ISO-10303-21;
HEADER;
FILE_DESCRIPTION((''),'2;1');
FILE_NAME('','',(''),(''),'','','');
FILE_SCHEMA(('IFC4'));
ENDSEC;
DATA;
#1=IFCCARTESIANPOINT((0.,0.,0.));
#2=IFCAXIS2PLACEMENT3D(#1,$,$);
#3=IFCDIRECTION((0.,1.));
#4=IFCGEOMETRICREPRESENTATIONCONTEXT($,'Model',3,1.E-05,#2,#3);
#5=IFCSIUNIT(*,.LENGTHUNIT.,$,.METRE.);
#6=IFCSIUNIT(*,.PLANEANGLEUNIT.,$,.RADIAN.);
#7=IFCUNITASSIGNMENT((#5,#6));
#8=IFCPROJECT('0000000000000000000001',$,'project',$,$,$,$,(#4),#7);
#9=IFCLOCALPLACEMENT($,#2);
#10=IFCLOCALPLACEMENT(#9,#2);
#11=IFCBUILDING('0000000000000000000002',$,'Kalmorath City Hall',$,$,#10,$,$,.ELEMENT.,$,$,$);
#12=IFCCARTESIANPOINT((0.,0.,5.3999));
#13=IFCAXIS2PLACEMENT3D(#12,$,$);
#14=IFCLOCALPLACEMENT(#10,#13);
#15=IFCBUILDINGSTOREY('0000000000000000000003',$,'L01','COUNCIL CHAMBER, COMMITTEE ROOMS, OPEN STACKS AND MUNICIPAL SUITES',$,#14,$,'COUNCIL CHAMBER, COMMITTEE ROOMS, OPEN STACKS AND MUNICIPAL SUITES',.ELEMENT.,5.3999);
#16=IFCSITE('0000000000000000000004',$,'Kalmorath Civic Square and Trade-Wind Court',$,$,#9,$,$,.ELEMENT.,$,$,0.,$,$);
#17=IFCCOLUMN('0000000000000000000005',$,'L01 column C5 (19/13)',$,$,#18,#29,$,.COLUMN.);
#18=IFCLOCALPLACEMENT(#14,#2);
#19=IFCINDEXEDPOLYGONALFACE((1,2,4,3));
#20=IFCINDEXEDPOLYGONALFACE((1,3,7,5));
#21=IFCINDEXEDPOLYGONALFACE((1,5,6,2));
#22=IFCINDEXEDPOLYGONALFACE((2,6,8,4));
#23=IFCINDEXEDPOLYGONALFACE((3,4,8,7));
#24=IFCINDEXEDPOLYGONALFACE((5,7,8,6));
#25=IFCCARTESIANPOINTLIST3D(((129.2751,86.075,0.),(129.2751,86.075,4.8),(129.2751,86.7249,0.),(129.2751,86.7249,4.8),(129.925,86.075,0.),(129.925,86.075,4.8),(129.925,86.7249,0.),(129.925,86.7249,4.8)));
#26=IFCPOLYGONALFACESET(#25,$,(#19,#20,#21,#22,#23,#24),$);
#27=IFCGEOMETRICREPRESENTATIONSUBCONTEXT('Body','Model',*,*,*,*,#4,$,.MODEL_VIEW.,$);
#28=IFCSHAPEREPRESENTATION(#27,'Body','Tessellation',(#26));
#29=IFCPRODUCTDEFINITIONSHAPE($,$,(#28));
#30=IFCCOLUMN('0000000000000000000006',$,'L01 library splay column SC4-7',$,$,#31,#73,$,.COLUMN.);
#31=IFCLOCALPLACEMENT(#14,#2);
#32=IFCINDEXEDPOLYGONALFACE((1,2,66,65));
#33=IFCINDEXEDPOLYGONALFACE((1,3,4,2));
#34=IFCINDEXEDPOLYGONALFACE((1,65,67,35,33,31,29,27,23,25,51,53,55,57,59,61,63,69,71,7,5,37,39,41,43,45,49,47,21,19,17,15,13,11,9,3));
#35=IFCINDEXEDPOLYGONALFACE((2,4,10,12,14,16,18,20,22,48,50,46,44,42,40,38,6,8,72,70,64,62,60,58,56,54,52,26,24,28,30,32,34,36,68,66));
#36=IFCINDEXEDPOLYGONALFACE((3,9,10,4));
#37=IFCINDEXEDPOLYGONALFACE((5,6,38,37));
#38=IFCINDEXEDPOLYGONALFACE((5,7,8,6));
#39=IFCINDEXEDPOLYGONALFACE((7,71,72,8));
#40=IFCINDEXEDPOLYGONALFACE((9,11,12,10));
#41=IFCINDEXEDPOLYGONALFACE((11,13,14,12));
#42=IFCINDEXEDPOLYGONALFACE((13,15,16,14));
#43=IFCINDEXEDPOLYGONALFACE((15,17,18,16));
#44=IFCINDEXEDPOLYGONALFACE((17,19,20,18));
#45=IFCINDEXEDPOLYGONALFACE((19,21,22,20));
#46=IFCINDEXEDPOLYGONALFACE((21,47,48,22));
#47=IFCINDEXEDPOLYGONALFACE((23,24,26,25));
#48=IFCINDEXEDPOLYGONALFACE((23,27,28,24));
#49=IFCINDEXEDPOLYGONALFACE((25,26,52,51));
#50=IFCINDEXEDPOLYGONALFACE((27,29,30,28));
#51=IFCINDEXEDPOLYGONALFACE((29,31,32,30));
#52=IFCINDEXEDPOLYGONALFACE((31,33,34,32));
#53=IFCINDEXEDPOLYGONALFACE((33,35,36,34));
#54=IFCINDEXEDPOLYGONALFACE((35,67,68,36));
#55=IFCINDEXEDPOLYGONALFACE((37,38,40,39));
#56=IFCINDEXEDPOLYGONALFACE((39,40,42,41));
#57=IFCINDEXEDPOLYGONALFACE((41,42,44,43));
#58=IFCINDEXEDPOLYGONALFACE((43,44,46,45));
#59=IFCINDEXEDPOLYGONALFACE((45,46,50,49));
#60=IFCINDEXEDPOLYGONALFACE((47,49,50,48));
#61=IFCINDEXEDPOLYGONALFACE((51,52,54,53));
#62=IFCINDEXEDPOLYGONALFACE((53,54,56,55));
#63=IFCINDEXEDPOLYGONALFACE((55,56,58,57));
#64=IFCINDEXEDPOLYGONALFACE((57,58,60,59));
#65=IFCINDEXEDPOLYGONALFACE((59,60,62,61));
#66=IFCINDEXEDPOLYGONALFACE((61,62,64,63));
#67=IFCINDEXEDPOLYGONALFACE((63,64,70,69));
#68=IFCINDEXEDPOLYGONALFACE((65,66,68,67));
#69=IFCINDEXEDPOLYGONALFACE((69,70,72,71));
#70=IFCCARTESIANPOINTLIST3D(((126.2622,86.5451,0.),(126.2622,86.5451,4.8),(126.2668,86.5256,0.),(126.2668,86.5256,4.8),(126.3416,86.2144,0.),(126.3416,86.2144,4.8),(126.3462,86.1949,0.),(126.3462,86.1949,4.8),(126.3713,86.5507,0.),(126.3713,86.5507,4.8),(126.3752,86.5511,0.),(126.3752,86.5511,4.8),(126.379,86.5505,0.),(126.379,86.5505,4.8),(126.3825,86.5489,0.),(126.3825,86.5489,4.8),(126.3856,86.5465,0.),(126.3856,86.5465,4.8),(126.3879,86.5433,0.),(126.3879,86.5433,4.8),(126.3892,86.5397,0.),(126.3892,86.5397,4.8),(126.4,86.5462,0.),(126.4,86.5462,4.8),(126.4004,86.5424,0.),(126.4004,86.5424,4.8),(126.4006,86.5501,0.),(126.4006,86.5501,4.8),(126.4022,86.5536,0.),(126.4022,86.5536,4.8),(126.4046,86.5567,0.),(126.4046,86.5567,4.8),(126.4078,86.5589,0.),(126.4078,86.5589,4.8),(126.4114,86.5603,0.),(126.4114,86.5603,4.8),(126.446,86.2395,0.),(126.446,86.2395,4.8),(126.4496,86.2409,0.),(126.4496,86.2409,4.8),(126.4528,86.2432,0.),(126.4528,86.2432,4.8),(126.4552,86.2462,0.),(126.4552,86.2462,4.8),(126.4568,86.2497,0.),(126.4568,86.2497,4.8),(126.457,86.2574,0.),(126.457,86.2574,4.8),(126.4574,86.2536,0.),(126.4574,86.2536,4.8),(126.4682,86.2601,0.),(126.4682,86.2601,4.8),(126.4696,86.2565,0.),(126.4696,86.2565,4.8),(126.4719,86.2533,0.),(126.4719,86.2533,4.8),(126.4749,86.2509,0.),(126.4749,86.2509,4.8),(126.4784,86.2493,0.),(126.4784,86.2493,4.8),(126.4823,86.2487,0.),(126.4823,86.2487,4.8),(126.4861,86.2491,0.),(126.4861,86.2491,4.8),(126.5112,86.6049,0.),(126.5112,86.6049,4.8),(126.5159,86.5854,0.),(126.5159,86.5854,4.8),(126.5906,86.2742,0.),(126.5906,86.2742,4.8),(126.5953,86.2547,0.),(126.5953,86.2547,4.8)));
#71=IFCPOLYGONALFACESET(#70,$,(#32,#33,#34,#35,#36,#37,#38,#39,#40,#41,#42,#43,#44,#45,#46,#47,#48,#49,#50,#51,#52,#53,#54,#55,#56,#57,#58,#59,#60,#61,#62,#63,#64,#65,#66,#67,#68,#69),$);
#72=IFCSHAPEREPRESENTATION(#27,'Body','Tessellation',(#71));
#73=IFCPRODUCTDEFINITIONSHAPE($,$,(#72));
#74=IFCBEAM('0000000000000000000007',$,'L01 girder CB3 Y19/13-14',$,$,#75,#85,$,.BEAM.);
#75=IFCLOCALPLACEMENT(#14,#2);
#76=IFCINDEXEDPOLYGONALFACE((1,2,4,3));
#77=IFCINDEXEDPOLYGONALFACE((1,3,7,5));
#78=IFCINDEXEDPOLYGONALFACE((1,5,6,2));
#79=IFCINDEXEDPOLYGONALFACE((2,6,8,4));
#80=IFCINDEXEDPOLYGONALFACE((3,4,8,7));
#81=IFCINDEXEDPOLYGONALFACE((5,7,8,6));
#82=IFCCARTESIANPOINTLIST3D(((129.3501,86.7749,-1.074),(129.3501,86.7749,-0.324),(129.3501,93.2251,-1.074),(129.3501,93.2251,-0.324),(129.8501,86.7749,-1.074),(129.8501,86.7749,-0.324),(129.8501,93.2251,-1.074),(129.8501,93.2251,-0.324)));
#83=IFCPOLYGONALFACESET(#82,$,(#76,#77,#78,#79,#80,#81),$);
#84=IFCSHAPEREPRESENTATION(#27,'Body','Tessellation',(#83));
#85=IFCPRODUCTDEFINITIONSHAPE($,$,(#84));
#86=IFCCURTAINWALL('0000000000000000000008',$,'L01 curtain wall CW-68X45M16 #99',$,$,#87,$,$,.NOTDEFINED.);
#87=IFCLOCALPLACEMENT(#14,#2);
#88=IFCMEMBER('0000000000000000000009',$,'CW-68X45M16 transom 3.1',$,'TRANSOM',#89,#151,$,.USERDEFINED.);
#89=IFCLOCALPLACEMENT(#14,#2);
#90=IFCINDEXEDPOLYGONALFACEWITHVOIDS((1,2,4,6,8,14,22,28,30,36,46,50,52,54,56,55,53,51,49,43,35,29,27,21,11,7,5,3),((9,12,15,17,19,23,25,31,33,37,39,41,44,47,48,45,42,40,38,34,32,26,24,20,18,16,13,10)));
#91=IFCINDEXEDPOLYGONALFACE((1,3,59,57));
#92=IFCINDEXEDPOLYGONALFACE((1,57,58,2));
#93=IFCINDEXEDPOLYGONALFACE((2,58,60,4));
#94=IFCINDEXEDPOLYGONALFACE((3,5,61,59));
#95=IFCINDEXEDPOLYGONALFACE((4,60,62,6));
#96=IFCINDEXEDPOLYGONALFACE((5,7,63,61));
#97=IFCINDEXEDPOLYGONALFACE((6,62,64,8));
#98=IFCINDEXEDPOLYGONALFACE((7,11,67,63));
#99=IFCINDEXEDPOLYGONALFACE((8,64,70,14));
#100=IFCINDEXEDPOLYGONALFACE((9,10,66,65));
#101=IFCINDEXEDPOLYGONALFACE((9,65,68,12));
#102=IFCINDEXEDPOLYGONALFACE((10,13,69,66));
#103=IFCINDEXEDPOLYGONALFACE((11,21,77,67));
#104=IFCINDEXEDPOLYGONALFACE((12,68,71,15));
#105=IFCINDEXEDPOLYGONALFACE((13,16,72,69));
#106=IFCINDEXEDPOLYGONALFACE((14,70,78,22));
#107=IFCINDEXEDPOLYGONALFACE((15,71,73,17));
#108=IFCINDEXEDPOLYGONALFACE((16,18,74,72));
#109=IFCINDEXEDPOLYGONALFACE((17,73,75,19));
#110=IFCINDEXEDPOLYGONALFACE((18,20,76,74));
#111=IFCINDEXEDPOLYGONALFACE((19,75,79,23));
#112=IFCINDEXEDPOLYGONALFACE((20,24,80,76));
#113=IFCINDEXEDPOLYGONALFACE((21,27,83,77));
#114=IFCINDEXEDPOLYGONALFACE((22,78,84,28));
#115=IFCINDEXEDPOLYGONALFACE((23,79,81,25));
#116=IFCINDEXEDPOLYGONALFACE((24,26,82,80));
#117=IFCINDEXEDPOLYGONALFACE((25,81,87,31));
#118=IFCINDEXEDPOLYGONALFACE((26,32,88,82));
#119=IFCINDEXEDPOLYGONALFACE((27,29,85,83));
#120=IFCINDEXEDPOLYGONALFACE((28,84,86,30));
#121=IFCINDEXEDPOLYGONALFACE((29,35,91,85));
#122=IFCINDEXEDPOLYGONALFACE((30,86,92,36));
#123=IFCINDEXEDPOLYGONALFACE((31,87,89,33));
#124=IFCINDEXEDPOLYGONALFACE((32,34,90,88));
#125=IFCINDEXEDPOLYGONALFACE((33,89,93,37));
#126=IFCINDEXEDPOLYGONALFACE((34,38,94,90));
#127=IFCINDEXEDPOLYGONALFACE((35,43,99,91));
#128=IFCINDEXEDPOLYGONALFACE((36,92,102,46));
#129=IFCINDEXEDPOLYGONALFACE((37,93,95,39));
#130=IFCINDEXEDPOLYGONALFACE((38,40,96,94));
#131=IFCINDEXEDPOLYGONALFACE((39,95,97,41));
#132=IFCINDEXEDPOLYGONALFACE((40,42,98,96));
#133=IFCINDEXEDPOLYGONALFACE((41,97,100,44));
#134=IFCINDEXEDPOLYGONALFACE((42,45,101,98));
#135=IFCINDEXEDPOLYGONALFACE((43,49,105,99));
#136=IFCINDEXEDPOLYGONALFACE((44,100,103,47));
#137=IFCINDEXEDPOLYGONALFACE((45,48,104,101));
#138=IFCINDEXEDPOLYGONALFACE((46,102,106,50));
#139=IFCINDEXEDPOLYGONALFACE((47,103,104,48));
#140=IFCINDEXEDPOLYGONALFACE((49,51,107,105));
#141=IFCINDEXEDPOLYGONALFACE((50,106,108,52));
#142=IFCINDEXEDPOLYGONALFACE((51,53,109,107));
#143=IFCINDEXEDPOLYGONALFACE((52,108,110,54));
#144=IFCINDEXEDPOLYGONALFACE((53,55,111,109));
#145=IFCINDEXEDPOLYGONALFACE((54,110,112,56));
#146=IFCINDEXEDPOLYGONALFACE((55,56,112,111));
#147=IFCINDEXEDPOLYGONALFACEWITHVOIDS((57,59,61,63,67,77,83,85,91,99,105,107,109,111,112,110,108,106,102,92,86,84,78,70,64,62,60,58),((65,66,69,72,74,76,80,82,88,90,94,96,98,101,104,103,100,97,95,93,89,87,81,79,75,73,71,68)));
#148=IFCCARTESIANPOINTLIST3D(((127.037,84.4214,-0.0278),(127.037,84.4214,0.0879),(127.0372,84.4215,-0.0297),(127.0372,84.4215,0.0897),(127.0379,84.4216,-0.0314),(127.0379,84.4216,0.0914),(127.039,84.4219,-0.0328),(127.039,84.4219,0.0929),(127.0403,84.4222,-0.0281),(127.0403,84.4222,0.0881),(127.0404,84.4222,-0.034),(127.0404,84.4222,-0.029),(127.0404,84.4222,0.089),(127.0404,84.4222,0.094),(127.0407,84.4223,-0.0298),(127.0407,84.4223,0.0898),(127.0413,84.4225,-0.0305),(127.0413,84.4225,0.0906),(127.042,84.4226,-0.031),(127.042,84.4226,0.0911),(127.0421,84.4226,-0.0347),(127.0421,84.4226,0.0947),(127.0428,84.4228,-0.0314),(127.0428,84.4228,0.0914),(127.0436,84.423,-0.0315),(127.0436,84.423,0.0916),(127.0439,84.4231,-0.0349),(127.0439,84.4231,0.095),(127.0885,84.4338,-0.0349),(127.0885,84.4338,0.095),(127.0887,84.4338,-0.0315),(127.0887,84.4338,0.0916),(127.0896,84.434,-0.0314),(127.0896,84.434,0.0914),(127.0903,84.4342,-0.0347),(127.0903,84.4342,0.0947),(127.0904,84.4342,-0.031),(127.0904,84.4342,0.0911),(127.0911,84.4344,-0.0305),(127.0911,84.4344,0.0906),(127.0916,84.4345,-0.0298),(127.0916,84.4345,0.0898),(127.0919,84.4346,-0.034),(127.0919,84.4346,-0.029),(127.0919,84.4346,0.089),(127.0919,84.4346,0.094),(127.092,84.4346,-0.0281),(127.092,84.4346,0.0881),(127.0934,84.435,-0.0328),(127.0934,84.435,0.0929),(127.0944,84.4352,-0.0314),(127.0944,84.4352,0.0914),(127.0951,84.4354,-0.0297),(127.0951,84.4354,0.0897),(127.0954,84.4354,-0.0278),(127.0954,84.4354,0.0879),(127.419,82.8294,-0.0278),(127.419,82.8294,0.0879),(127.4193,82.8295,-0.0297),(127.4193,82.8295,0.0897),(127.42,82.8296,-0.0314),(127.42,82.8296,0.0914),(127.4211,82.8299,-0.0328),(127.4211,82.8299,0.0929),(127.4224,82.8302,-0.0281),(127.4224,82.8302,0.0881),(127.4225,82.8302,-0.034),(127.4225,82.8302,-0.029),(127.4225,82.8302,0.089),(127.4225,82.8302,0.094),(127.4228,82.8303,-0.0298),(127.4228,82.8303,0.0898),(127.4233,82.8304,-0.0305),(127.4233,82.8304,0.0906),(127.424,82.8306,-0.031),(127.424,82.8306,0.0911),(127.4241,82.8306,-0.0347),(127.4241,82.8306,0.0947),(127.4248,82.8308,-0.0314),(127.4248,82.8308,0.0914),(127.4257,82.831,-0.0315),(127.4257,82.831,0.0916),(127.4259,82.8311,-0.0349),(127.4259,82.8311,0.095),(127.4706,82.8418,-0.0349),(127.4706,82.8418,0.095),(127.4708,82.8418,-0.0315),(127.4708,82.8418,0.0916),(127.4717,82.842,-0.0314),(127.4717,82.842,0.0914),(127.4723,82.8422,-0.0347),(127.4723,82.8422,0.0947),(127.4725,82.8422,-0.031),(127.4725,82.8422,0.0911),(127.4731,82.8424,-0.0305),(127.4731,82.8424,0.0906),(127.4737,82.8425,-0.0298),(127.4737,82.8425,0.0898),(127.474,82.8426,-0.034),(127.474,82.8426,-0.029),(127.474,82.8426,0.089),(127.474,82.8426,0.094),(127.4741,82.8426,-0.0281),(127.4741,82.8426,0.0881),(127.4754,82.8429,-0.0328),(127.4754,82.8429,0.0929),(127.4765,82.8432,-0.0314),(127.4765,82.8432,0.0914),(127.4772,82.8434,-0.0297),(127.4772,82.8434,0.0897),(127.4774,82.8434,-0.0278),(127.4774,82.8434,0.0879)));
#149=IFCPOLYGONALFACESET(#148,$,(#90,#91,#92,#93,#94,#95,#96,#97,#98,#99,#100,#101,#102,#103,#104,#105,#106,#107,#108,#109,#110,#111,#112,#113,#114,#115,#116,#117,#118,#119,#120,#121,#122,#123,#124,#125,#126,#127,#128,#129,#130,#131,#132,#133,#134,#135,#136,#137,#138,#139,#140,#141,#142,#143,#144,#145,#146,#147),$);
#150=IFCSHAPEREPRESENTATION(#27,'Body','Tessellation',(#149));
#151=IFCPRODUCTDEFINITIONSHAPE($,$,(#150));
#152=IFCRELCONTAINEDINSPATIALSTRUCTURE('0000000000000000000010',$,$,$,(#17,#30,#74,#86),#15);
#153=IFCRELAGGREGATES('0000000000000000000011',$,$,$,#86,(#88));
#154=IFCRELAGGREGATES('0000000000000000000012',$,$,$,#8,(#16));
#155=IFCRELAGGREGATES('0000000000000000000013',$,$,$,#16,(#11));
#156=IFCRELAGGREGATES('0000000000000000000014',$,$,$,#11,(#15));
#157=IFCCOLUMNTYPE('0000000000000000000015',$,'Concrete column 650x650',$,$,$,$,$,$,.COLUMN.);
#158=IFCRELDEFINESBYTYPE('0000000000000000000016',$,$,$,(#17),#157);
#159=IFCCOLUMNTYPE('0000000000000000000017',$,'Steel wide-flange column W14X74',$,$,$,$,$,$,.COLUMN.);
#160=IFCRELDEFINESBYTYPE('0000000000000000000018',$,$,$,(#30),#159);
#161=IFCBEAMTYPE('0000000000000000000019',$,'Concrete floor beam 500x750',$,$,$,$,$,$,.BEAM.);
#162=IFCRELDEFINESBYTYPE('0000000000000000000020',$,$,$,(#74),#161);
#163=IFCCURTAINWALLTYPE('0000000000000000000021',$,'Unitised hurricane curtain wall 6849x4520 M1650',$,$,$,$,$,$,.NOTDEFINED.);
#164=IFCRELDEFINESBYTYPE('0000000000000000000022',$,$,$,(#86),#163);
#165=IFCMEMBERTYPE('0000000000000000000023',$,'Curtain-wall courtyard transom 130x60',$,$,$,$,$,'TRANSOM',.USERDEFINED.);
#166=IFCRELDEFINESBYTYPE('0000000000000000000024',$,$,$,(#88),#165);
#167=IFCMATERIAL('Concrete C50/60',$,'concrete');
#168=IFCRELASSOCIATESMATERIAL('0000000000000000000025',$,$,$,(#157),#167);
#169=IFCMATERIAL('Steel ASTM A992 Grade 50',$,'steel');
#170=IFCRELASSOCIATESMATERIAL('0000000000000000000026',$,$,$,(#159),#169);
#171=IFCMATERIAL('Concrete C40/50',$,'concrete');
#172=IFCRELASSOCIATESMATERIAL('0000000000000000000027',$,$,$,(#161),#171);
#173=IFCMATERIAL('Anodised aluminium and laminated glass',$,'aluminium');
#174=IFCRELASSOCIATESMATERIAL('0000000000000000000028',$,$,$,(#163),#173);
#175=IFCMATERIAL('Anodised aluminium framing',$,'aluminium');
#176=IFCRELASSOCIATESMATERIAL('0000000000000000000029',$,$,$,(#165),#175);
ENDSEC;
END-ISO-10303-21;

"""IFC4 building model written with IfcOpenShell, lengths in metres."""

from ifc_helpers import new_model, si_unit, direction, frame, origin, origin_2d, place, context, subcontext, project, spatial, rectangle, hollow_rectangle, i_section, extrude, material, material_profile, profile_set, type_object, element, aggregate, save


model = new_model("IFC4")

# Units and contexts
model_context = context("Model", 3, precision=1e-05, world=origin(), true_north=direction((0.0, 1.0)))
body_context = subcontext(model_context, "Body", "Model", "MODEL_VIEW")
ifc_project = project(units=[si_unit("LENGTHUNIT", "METRE"), si_unit("PLANEANGLEUNIT", "RADIAN")], contexts=[model_context])

# Site, building, storey
site_placement = place(None, origin())
site = spatial("IfcSite", under=ifc_project, at=site_placement, Name="Kalmorath Civic Square and Trade-Wind Court", CompositionType="ELEMENT", RefElevation=0.0)
building_placement = place(site_placement, origin())
building = spatial("IfcBuilding", under=site, at=building_placement, Name="Kalmorath City Hall", CompositionType="ELEMENT")
storey_placement = place(building_placement, frame((0.0, 0.0, 5.3999)))
storey = spatial("IfcBuildingStorey", under=building, at=storey_placement, Name="L01", Description="COUNCIL CHAMBER, COMMITTEE ROOMS, OPEN STACKS AND MUNICIPAL SUITES", LongName="COUNCIL CHAMBER, COMMITTEE ROOMS, OPEN STACKS AND MUNICIPAL SUITES", CompositionType="ELEMENT", Elevation=5.3999)

# Columns
ifc_material_1 = material(Name="Concrete C50/60", Category="concrete")
ifc_material_profile_1 = material_profile(ifc_material_1, rectangle(XDim=0.6499, YDim=0.6499, at=origin_2d()), Name="RC-COL-650X650")
ifc_profile_set_1 = profile_set([ifc_material_profile_1], Name="Concrete C50/60")
column_type_1 = type_object("IfcColumnType", Name="Concrete column 650x650", PredefinedType="COLUMN", material=ifc_profile_set_1)
column_1_placement = place(storey_placement, frame((129.6001, 86.3999, 0.0), z_axis=(0.0, 0.0, 1.0), x_axis=(1.0, 0.0, 0.0)))
element("IfcColumn", 1, at=column_1_placement, inside=storey, type_object=column_type_1, Name="L01 column C5 (19/13)", PredefinedType="COLUMN", context=body_context, shape_type="SweptSolid", body=[
    extrude(rectangle(XDim=0.6499, YDim=0.6499, at=origin_2d()), origin(), (0.0, 0.0, 1.0), 4.8),
])
ifc_material_2 = material(Name="Steel ASTM A992 Grade 50", Category="steel")
ifc_material_profile_2 = material_profile(ifc_material_2, i_section(OverallWidth=0.2561, OverallDepth=0.3601, WebThickness=0.0115, FlangeThickness=0.02, FilletRadius=0.0149, at=origin_2d()), Name="W14X74")
ifc_profile_set_2 = profile_set([ifc_material_profile_2], Name="Steel ASTM A992 Grade 50")
column_type_2 = type_object("IfcColumnType", Name="Steel wide-flange column W14X74", PredefinedType="COLUMN", material=ifc_profile_set_2)
column_2_placement = place(storey_placement, frame((126.4287, 86.3999, 0.0), z_axis=(0.0, 0.0, 1.0), x_axis=(0.97237, 0.233445, 0.0)))
element("IfcColumn", 2, at=column_2_placement, inside=storey, type_object=column_type_2, Name="L01 library splay column SC4-7", PredefinedType="COLUMN", context=body_context, shape_type="SweptSolid", body=[
    extrude(i_section(OverallWidth=0.2561, OverallDepth=0.3601, WebThickness=0.0115, FlangeThickness=0.02, FilletRadius=0.0149, at=origin_2d()), origin(), (0.0, 0.0, 1.0), 4.8),
])

# Beam
ifc_material_3 = material(Name="Concrete C40/50", Category="concrete")
ifc_material_profile_3 = material_profile(ifc_material_3, rectangle(XDim=0.5, YDim=0.75, at=origin_2d()), Name="RC-BM-500X750")
ifc_profile_set_3 = profile_set([ifc_material_profile_3], Name="Concrete C40/50")
beam_type_1 = type_object("IfcBeamType", Name="Concrete floor beam 500x750", PredefinedType="BEAM", material=ifc_profile_set_3)
beam_1_placement = place(storey_placement, frame((129.6001, 86.7749, -0.699), z_axis=(0.0, 1.0, 0.0), x_axis=(-1.0, 0.0, 0.0)))
element("IfcBeam", 3, at=beam_1_placement, inside=storey, type_object=beam_type_1, Name="L01 girder CB3 Y19/13-14", PredefinedType="BEAM", context=body_context, shape_type="SweptSolid", body=[
    extrude(rectangle(XDim=0.5, YDim=0.75, at=origin_2d()), origin(), (0.0, 0.0, 1.0), 6.4502),
])

# Curtain wall, member
ifc_material_4 = material(Name="Anodised aluminium and laminated glass", Category="aluminium")
curtain_wall_type_1 = type_object("IfcCurtainWallType", Name="Unitised hurricane curtain wall 6849x4520 M1650", PredefinedType="NOTDEFINED", material=ifc_material_4)
curtain_wall_1_placement = place(storey_placement, origin())
curtain_wall_1 = element("IfcCurtainWall", 4, at=curtain_wall_1_placement, inside=storey, type_object=curtain_wall_type_1, Name="L01 curtain wall CW-68X45M16 #99", PredefinedType="NOTDEFINED")
ifc_material_5 = material(Name="Anodised aluminium framing", Category="aluminium")
ifc_material_profile_4 = material_profile(ifc_material_5, hollow_rectangle(XDim=0.0601, YDim=0.1299, WallThickness=0.0034, InnerFilletRadius=0.0034, OuterFilletRadius=0.0071, at=origin_2d()), Name="ALU-TRN-130X60X3.5")
ifc_profile_set_4 = profile_set([ifc_material_profile_4], Name="Anodised aluminium framing")
member_type_1 = type_object("IfcMemberType", Name="Curtain-wall courtyard transom 130x60", ElementType="TRANSOM", PredefinedType="USERDEFINED", material=ifc_profile_set_4)
member_1_placement = place(storey_placement, frame((127.4482, 82.8364, 0.03), z_axis=(-0.233367, 0.972389, 0.0), x_axis=(-0.972389, -0.233367, 0.0)))
member_1 = element("IfcMember", 5, at=member_1_placement, type_object=member_type_1, Name="CW-68X45M16 transom 3.1", ObjectType="TRANSOM", PredefinedType="USERDEFINED", context=body_context, shape_type="SweptSolid", body=[
    extrude(hollow_rectangle(XDim=0.0601, YDim=0.1299, WallThickness=0.0034, InnerFilletRadius=0.0034, OuterFilletRadius=0.0071, at=origin_2d()), origin(), (0.0, 0.0, 1.0), 1.6372),
])

aggregate(curtain_wall_1, [member_1])

save(model, "model.ifc")
